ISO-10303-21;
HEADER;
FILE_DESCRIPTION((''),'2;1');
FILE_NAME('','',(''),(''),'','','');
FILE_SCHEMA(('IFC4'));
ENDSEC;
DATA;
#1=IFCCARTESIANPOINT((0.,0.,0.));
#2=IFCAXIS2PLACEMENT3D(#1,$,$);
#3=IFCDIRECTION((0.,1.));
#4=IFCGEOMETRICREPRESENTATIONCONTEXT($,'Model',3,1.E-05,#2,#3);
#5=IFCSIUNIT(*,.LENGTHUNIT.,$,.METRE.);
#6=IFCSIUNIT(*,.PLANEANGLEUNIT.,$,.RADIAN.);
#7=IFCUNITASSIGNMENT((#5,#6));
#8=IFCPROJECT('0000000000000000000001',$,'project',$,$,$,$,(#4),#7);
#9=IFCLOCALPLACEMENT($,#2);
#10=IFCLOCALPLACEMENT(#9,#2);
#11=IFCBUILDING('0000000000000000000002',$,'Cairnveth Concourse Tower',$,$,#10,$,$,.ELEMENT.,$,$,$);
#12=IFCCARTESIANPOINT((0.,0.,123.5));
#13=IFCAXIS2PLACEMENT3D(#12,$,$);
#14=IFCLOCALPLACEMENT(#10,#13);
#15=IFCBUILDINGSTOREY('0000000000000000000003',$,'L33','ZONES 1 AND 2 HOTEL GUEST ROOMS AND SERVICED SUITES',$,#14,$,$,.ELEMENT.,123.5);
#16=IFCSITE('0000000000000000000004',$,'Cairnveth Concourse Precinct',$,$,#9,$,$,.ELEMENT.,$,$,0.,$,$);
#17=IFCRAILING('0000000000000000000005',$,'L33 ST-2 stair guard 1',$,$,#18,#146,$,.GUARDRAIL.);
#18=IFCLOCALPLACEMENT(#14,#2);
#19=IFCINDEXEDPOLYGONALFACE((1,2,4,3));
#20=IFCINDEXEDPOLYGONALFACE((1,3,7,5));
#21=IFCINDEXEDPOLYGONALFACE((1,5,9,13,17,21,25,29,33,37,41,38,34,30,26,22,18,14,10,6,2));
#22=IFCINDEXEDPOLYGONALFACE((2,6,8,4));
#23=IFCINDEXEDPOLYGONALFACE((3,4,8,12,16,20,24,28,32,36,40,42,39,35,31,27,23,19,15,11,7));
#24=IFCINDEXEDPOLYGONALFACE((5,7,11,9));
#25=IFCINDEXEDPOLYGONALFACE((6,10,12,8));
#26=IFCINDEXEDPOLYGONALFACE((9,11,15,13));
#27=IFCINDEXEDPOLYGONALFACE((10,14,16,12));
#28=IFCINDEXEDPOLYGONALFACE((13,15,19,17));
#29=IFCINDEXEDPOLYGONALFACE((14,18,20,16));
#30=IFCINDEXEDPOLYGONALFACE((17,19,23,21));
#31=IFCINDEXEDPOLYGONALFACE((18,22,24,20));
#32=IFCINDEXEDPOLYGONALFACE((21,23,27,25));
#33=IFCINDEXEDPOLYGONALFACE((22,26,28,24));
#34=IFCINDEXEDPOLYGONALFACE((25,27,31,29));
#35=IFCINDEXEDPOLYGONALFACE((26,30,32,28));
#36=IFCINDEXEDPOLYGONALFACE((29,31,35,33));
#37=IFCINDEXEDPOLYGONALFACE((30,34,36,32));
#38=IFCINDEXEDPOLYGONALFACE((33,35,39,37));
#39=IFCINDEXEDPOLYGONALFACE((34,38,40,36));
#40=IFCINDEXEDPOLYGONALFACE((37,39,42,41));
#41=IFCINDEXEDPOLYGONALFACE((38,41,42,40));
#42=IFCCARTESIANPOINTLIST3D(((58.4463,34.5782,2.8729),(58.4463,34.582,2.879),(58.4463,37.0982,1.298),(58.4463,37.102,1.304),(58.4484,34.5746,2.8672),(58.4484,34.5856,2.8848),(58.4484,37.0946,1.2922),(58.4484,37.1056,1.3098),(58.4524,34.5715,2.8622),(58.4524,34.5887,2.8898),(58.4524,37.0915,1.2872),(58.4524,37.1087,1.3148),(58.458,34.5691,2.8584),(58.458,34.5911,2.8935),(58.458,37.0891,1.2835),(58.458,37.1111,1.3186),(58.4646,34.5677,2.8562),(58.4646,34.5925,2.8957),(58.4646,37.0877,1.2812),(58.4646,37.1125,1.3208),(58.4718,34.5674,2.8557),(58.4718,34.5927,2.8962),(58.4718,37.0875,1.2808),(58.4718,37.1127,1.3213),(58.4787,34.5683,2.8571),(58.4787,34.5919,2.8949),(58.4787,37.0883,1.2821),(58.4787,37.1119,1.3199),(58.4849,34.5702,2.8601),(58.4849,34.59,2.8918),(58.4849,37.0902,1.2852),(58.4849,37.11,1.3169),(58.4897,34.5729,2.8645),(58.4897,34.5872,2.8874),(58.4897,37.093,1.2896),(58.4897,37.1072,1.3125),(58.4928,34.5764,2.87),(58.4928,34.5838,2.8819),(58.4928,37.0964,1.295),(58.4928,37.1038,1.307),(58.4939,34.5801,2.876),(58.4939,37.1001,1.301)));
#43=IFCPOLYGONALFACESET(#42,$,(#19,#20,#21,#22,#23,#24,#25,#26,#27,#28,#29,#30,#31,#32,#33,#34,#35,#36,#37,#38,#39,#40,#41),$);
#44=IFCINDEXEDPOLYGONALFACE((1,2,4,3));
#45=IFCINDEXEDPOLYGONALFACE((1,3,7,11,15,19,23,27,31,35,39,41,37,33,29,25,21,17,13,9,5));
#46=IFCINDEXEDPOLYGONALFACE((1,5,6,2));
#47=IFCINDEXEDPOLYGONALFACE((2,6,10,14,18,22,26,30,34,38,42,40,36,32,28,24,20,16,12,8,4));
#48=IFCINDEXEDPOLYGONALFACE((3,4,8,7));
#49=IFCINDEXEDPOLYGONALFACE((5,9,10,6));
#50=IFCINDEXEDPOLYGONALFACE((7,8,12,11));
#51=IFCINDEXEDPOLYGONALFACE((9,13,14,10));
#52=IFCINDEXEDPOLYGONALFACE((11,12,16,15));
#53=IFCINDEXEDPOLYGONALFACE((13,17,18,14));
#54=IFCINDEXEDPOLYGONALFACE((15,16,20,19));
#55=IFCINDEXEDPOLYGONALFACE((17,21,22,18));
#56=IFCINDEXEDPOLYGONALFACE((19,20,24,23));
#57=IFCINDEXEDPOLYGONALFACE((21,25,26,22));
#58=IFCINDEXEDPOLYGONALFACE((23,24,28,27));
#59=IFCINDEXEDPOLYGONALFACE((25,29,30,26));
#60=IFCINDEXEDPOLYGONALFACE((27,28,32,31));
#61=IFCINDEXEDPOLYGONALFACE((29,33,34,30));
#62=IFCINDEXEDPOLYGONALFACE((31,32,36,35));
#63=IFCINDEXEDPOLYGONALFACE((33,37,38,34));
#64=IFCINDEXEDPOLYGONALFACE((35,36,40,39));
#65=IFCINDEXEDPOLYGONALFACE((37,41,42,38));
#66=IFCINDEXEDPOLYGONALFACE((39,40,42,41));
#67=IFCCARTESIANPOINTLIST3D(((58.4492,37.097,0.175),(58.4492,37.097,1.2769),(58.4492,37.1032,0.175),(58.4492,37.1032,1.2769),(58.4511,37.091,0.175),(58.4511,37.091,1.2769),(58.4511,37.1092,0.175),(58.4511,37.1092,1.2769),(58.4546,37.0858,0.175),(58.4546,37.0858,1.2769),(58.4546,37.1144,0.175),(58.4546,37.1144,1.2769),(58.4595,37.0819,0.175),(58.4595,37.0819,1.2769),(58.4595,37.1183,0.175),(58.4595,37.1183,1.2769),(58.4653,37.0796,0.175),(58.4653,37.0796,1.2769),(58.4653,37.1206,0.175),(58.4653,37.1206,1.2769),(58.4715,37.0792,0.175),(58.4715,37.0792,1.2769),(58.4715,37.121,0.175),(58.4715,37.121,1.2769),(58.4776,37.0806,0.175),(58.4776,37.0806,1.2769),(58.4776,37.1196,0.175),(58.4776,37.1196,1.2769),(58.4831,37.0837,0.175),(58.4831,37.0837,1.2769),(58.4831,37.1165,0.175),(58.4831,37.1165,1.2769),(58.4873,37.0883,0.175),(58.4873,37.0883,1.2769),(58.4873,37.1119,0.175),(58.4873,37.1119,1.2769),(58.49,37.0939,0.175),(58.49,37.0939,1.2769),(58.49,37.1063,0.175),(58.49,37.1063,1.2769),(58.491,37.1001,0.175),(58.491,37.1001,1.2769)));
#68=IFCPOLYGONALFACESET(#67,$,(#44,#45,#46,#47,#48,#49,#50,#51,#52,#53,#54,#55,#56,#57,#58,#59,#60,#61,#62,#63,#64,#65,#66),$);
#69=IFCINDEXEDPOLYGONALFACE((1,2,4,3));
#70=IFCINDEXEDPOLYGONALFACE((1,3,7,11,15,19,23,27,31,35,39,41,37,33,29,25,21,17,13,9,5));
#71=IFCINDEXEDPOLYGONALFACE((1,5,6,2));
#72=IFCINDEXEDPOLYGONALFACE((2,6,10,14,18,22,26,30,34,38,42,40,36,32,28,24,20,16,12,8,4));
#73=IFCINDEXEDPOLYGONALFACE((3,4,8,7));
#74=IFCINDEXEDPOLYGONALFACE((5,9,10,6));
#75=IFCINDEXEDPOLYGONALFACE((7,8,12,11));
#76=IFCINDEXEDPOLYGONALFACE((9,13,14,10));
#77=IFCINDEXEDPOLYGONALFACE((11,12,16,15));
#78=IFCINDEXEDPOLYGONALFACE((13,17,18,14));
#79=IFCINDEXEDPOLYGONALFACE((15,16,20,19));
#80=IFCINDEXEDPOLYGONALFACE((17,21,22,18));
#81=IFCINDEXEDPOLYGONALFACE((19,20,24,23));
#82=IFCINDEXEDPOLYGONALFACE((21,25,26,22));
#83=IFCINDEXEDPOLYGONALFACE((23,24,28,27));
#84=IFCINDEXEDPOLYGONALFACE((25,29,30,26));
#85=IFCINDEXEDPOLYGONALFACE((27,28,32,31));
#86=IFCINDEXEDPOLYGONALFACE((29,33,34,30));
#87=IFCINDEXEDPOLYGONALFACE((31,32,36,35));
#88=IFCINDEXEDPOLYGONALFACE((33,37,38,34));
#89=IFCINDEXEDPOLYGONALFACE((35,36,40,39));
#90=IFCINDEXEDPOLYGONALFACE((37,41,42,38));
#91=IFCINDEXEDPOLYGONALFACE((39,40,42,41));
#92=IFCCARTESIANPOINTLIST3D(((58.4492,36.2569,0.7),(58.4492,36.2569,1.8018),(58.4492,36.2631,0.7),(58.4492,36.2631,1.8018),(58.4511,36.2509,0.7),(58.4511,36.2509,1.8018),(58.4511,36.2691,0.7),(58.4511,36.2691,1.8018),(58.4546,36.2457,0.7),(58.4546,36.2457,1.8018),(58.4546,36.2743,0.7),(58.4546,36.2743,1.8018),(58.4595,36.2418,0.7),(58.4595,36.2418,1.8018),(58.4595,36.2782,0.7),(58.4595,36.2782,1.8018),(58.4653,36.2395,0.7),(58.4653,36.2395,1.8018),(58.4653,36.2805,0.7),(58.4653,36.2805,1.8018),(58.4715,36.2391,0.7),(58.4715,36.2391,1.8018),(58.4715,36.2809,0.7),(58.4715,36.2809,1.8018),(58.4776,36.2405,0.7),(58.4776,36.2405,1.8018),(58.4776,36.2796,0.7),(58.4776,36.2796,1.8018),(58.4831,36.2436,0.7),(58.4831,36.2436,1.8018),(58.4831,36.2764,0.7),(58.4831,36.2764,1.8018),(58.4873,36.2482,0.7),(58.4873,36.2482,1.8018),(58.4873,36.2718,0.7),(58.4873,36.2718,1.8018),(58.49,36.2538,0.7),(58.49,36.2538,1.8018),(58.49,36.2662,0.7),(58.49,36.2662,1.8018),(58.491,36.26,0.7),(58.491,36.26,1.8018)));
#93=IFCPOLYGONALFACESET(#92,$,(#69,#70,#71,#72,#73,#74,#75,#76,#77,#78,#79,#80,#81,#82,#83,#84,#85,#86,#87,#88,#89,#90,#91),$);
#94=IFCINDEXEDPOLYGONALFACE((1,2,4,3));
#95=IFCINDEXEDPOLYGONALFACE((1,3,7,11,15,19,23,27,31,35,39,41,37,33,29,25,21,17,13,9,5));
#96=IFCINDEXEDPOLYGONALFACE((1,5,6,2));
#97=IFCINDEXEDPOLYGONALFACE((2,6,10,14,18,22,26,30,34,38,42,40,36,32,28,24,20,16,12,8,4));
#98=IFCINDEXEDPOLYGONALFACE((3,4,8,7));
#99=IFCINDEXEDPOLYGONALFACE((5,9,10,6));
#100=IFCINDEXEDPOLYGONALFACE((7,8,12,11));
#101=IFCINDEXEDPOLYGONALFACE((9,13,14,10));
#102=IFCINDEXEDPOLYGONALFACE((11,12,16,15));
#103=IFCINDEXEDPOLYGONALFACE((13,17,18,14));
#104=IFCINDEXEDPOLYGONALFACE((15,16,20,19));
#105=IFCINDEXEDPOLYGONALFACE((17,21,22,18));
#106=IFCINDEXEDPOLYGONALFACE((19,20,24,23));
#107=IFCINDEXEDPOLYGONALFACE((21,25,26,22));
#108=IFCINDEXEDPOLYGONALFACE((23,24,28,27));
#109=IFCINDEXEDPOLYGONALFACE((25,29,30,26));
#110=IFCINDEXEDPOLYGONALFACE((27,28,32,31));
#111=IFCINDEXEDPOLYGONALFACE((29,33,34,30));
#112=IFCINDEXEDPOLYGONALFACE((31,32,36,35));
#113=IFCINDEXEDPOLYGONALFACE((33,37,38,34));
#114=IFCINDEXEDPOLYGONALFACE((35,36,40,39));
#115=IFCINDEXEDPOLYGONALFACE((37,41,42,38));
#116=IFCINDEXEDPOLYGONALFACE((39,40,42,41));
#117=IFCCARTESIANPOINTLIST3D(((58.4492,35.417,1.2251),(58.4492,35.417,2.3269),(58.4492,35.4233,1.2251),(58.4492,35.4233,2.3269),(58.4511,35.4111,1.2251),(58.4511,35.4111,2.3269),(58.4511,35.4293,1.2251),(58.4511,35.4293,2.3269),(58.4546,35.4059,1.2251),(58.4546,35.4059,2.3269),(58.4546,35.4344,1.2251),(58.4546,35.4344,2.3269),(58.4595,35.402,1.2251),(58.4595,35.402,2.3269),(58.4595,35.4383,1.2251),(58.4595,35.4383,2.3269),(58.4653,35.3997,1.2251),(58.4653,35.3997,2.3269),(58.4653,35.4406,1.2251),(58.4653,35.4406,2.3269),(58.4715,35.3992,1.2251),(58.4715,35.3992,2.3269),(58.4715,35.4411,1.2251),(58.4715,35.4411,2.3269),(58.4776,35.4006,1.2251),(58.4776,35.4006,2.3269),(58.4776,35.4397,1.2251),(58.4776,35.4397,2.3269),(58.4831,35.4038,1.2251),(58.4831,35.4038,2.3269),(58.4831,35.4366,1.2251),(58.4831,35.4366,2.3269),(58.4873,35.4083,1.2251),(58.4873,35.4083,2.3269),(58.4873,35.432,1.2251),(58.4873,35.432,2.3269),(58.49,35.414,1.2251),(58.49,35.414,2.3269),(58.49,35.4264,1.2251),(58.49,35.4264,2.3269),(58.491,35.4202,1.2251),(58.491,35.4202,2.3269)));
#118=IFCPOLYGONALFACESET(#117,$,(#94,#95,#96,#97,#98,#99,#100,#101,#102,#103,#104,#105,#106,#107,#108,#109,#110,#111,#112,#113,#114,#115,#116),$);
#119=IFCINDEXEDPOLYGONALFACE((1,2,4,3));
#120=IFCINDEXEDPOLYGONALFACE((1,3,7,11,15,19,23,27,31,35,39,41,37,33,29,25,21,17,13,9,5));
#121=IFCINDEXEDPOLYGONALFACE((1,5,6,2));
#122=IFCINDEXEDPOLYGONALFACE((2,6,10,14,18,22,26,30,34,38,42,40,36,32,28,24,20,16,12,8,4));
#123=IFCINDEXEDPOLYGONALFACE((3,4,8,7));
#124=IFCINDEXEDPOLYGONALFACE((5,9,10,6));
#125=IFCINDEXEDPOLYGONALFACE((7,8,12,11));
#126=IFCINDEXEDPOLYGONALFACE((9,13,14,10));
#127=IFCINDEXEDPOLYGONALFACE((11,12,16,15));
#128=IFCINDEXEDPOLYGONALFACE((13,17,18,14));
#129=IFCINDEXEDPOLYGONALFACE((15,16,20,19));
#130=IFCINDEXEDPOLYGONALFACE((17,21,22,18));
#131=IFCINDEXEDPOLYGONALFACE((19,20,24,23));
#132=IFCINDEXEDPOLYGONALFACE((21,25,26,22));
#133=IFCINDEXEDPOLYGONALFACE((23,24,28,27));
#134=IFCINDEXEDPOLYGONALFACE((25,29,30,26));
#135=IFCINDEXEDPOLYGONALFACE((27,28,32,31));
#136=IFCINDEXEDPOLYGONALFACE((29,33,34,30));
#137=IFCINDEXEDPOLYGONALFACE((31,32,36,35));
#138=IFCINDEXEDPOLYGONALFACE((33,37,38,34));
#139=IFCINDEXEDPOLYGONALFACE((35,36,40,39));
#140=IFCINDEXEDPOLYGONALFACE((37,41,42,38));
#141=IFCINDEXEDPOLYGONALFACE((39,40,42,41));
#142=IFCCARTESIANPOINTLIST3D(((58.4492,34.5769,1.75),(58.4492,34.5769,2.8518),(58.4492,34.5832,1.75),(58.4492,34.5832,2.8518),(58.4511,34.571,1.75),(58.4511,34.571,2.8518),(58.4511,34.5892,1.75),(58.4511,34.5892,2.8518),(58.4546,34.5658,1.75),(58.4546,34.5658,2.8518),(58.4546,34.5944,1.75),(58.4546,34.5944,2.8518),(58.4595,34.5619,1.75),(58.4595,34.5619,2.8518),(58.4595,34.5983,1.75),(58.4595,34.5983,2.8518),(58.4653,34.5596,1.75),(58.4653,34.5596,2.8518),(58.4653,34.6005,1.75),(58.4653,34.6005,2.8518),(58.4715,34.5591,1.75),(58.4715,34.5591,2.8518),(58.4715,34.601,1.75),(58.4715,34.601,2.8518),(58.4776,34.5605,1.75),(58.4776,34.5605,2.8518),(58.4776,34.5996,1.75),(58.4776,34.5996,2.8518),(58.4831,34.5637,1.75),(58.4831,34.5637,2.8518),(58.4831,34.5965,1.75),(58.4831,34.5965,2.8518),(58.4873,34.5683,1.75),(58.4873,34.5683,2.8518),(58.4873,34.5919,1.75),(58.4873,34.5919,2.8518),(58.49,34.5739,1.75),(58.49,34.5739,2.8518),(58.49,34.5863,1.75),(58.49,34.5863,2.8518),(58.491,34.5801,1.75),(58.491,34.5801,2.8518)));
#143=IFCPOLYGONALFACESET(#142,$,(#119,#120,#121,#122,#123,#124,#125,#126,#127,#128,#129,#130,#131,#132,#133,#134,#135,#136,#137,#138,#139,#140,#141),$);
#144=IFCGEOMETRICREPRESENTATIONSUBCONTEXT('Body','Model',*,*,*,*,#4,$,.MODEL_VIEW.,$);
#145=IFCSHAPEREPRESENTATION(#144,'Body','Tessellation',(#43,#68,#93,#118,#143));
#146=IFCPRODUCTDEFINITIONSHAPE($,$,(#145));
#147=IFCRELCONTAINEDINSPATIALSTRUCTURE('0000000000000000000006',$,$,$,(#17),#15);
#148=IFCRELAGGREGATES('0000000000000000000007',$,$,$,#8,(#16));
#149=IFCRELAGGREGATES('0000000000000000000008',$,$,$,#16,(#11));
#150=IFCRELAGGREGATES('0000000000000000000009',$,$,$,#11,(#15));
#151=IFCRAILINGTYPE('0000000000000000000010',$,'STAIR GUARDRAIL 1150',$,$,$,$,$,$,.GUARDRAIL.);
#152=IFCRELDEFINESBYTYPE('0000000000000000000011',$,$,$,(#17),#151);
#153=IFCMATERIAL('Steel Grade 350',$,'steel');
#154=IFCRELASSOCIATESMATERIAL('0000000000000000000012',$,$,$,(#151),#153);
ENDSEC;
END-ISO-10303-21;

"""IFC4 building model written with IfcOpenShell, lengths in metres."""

from ifc_helpers import new_model, si_unit, direction, frame, origin, origin_2d, place, context, subcontext, project, spatial, circle, extrude, material, type_object, element, save


model = new_model("IFC4")

# Units and contexts
model_context = context("Model", 3, precision=1e-05, world=origin(), true_north=direction((0.0, 1.0)))
body_context = subcontext(model_context, "Body", "Model", "MODEL_VIEW")
ifc_project = project(units=[si_unit("LENGTHUNIT", "METRE"), si_unit("PLANEANGLEUNIT", "RADIAN")], contexts=[model_context])

# Site, building, storey
site_placement = place(None, origin())
site = spatial("IfcSite", under=ifc_project, at=site_placement, Name="Cairnveth Concourse Precinct", CompositionType="ELEMENT", RefElevation=0.0)
building_placement = place(site_placement, origin())
building = spatial("IfcBuilding", under=site, at=building_placement, Name="Cairnveth Concourse Tower", CompositionType="ELEMENT")
storey_placement = place(building_placement, frame((0.0, 0.0, 123.5)))
storey = spatial("IfcBuildingStorey", under=building, at=storey_placement, Name="L33", Description="ZONES 1 AND 2 HOTEL GUEST ROOMS AND SERVICED SUITES", CompositionType="ELEMENT", Elevation=123.5)

# Shared definitions
ifc_material_1 = material(Name="Steel Grade 350", Category="steel")

# Railing
railing_type_1 = type_object("IfcRailingType", Name="STAIR GUARDRAIL 1150", PredefinedType="GUARDRAIL", material=ifc_material_1)
railing_1_placement = place(storey_placement, frame((58.47, 37.1001, 0.175)))
element("IfcRailing", 1, at=railing_1_placement, inside=storey, type_object=railing_type_1, Name="L33 ST-2 stair guard 1", PredefinedType="GUARDRAIL", context=body_context, shape_type="SweptSolid", body=[
    extrude(circle(Radius=0.0239, at=origin_2d()), frame((0.0, 0.0, 1.126), z_axis=(0.0, -0.848008, 0.529984), x_axis=(1.0, 0.0, 0.0)), (0.0, 0.0, 1.0), 2.9717),
    extrude(circle(Radius=0.021, at=origin_2d()), origin(), (0.0, 0.0, 1.0), 1.1018),
    extrude(circle(Radius=0.021, at=origin_2d()), frame((0.0, -0.8401, 0.5249)), (0.0, 0.0, 1.0), 1.1018),
    extrude(circle(Radius=0.021, at=origin_2d()), frame((0.0, -1.6799, 1.05)), (0.0, 0.0, 1.0), 1.1018),
    extrude(circle(Radius=0.021, at=origin_2d()), frame((0.0, -2.52, 1.575)), (0.0, 0.0, 1.0), 1.1018),
])

save(model, "model.ifc")
